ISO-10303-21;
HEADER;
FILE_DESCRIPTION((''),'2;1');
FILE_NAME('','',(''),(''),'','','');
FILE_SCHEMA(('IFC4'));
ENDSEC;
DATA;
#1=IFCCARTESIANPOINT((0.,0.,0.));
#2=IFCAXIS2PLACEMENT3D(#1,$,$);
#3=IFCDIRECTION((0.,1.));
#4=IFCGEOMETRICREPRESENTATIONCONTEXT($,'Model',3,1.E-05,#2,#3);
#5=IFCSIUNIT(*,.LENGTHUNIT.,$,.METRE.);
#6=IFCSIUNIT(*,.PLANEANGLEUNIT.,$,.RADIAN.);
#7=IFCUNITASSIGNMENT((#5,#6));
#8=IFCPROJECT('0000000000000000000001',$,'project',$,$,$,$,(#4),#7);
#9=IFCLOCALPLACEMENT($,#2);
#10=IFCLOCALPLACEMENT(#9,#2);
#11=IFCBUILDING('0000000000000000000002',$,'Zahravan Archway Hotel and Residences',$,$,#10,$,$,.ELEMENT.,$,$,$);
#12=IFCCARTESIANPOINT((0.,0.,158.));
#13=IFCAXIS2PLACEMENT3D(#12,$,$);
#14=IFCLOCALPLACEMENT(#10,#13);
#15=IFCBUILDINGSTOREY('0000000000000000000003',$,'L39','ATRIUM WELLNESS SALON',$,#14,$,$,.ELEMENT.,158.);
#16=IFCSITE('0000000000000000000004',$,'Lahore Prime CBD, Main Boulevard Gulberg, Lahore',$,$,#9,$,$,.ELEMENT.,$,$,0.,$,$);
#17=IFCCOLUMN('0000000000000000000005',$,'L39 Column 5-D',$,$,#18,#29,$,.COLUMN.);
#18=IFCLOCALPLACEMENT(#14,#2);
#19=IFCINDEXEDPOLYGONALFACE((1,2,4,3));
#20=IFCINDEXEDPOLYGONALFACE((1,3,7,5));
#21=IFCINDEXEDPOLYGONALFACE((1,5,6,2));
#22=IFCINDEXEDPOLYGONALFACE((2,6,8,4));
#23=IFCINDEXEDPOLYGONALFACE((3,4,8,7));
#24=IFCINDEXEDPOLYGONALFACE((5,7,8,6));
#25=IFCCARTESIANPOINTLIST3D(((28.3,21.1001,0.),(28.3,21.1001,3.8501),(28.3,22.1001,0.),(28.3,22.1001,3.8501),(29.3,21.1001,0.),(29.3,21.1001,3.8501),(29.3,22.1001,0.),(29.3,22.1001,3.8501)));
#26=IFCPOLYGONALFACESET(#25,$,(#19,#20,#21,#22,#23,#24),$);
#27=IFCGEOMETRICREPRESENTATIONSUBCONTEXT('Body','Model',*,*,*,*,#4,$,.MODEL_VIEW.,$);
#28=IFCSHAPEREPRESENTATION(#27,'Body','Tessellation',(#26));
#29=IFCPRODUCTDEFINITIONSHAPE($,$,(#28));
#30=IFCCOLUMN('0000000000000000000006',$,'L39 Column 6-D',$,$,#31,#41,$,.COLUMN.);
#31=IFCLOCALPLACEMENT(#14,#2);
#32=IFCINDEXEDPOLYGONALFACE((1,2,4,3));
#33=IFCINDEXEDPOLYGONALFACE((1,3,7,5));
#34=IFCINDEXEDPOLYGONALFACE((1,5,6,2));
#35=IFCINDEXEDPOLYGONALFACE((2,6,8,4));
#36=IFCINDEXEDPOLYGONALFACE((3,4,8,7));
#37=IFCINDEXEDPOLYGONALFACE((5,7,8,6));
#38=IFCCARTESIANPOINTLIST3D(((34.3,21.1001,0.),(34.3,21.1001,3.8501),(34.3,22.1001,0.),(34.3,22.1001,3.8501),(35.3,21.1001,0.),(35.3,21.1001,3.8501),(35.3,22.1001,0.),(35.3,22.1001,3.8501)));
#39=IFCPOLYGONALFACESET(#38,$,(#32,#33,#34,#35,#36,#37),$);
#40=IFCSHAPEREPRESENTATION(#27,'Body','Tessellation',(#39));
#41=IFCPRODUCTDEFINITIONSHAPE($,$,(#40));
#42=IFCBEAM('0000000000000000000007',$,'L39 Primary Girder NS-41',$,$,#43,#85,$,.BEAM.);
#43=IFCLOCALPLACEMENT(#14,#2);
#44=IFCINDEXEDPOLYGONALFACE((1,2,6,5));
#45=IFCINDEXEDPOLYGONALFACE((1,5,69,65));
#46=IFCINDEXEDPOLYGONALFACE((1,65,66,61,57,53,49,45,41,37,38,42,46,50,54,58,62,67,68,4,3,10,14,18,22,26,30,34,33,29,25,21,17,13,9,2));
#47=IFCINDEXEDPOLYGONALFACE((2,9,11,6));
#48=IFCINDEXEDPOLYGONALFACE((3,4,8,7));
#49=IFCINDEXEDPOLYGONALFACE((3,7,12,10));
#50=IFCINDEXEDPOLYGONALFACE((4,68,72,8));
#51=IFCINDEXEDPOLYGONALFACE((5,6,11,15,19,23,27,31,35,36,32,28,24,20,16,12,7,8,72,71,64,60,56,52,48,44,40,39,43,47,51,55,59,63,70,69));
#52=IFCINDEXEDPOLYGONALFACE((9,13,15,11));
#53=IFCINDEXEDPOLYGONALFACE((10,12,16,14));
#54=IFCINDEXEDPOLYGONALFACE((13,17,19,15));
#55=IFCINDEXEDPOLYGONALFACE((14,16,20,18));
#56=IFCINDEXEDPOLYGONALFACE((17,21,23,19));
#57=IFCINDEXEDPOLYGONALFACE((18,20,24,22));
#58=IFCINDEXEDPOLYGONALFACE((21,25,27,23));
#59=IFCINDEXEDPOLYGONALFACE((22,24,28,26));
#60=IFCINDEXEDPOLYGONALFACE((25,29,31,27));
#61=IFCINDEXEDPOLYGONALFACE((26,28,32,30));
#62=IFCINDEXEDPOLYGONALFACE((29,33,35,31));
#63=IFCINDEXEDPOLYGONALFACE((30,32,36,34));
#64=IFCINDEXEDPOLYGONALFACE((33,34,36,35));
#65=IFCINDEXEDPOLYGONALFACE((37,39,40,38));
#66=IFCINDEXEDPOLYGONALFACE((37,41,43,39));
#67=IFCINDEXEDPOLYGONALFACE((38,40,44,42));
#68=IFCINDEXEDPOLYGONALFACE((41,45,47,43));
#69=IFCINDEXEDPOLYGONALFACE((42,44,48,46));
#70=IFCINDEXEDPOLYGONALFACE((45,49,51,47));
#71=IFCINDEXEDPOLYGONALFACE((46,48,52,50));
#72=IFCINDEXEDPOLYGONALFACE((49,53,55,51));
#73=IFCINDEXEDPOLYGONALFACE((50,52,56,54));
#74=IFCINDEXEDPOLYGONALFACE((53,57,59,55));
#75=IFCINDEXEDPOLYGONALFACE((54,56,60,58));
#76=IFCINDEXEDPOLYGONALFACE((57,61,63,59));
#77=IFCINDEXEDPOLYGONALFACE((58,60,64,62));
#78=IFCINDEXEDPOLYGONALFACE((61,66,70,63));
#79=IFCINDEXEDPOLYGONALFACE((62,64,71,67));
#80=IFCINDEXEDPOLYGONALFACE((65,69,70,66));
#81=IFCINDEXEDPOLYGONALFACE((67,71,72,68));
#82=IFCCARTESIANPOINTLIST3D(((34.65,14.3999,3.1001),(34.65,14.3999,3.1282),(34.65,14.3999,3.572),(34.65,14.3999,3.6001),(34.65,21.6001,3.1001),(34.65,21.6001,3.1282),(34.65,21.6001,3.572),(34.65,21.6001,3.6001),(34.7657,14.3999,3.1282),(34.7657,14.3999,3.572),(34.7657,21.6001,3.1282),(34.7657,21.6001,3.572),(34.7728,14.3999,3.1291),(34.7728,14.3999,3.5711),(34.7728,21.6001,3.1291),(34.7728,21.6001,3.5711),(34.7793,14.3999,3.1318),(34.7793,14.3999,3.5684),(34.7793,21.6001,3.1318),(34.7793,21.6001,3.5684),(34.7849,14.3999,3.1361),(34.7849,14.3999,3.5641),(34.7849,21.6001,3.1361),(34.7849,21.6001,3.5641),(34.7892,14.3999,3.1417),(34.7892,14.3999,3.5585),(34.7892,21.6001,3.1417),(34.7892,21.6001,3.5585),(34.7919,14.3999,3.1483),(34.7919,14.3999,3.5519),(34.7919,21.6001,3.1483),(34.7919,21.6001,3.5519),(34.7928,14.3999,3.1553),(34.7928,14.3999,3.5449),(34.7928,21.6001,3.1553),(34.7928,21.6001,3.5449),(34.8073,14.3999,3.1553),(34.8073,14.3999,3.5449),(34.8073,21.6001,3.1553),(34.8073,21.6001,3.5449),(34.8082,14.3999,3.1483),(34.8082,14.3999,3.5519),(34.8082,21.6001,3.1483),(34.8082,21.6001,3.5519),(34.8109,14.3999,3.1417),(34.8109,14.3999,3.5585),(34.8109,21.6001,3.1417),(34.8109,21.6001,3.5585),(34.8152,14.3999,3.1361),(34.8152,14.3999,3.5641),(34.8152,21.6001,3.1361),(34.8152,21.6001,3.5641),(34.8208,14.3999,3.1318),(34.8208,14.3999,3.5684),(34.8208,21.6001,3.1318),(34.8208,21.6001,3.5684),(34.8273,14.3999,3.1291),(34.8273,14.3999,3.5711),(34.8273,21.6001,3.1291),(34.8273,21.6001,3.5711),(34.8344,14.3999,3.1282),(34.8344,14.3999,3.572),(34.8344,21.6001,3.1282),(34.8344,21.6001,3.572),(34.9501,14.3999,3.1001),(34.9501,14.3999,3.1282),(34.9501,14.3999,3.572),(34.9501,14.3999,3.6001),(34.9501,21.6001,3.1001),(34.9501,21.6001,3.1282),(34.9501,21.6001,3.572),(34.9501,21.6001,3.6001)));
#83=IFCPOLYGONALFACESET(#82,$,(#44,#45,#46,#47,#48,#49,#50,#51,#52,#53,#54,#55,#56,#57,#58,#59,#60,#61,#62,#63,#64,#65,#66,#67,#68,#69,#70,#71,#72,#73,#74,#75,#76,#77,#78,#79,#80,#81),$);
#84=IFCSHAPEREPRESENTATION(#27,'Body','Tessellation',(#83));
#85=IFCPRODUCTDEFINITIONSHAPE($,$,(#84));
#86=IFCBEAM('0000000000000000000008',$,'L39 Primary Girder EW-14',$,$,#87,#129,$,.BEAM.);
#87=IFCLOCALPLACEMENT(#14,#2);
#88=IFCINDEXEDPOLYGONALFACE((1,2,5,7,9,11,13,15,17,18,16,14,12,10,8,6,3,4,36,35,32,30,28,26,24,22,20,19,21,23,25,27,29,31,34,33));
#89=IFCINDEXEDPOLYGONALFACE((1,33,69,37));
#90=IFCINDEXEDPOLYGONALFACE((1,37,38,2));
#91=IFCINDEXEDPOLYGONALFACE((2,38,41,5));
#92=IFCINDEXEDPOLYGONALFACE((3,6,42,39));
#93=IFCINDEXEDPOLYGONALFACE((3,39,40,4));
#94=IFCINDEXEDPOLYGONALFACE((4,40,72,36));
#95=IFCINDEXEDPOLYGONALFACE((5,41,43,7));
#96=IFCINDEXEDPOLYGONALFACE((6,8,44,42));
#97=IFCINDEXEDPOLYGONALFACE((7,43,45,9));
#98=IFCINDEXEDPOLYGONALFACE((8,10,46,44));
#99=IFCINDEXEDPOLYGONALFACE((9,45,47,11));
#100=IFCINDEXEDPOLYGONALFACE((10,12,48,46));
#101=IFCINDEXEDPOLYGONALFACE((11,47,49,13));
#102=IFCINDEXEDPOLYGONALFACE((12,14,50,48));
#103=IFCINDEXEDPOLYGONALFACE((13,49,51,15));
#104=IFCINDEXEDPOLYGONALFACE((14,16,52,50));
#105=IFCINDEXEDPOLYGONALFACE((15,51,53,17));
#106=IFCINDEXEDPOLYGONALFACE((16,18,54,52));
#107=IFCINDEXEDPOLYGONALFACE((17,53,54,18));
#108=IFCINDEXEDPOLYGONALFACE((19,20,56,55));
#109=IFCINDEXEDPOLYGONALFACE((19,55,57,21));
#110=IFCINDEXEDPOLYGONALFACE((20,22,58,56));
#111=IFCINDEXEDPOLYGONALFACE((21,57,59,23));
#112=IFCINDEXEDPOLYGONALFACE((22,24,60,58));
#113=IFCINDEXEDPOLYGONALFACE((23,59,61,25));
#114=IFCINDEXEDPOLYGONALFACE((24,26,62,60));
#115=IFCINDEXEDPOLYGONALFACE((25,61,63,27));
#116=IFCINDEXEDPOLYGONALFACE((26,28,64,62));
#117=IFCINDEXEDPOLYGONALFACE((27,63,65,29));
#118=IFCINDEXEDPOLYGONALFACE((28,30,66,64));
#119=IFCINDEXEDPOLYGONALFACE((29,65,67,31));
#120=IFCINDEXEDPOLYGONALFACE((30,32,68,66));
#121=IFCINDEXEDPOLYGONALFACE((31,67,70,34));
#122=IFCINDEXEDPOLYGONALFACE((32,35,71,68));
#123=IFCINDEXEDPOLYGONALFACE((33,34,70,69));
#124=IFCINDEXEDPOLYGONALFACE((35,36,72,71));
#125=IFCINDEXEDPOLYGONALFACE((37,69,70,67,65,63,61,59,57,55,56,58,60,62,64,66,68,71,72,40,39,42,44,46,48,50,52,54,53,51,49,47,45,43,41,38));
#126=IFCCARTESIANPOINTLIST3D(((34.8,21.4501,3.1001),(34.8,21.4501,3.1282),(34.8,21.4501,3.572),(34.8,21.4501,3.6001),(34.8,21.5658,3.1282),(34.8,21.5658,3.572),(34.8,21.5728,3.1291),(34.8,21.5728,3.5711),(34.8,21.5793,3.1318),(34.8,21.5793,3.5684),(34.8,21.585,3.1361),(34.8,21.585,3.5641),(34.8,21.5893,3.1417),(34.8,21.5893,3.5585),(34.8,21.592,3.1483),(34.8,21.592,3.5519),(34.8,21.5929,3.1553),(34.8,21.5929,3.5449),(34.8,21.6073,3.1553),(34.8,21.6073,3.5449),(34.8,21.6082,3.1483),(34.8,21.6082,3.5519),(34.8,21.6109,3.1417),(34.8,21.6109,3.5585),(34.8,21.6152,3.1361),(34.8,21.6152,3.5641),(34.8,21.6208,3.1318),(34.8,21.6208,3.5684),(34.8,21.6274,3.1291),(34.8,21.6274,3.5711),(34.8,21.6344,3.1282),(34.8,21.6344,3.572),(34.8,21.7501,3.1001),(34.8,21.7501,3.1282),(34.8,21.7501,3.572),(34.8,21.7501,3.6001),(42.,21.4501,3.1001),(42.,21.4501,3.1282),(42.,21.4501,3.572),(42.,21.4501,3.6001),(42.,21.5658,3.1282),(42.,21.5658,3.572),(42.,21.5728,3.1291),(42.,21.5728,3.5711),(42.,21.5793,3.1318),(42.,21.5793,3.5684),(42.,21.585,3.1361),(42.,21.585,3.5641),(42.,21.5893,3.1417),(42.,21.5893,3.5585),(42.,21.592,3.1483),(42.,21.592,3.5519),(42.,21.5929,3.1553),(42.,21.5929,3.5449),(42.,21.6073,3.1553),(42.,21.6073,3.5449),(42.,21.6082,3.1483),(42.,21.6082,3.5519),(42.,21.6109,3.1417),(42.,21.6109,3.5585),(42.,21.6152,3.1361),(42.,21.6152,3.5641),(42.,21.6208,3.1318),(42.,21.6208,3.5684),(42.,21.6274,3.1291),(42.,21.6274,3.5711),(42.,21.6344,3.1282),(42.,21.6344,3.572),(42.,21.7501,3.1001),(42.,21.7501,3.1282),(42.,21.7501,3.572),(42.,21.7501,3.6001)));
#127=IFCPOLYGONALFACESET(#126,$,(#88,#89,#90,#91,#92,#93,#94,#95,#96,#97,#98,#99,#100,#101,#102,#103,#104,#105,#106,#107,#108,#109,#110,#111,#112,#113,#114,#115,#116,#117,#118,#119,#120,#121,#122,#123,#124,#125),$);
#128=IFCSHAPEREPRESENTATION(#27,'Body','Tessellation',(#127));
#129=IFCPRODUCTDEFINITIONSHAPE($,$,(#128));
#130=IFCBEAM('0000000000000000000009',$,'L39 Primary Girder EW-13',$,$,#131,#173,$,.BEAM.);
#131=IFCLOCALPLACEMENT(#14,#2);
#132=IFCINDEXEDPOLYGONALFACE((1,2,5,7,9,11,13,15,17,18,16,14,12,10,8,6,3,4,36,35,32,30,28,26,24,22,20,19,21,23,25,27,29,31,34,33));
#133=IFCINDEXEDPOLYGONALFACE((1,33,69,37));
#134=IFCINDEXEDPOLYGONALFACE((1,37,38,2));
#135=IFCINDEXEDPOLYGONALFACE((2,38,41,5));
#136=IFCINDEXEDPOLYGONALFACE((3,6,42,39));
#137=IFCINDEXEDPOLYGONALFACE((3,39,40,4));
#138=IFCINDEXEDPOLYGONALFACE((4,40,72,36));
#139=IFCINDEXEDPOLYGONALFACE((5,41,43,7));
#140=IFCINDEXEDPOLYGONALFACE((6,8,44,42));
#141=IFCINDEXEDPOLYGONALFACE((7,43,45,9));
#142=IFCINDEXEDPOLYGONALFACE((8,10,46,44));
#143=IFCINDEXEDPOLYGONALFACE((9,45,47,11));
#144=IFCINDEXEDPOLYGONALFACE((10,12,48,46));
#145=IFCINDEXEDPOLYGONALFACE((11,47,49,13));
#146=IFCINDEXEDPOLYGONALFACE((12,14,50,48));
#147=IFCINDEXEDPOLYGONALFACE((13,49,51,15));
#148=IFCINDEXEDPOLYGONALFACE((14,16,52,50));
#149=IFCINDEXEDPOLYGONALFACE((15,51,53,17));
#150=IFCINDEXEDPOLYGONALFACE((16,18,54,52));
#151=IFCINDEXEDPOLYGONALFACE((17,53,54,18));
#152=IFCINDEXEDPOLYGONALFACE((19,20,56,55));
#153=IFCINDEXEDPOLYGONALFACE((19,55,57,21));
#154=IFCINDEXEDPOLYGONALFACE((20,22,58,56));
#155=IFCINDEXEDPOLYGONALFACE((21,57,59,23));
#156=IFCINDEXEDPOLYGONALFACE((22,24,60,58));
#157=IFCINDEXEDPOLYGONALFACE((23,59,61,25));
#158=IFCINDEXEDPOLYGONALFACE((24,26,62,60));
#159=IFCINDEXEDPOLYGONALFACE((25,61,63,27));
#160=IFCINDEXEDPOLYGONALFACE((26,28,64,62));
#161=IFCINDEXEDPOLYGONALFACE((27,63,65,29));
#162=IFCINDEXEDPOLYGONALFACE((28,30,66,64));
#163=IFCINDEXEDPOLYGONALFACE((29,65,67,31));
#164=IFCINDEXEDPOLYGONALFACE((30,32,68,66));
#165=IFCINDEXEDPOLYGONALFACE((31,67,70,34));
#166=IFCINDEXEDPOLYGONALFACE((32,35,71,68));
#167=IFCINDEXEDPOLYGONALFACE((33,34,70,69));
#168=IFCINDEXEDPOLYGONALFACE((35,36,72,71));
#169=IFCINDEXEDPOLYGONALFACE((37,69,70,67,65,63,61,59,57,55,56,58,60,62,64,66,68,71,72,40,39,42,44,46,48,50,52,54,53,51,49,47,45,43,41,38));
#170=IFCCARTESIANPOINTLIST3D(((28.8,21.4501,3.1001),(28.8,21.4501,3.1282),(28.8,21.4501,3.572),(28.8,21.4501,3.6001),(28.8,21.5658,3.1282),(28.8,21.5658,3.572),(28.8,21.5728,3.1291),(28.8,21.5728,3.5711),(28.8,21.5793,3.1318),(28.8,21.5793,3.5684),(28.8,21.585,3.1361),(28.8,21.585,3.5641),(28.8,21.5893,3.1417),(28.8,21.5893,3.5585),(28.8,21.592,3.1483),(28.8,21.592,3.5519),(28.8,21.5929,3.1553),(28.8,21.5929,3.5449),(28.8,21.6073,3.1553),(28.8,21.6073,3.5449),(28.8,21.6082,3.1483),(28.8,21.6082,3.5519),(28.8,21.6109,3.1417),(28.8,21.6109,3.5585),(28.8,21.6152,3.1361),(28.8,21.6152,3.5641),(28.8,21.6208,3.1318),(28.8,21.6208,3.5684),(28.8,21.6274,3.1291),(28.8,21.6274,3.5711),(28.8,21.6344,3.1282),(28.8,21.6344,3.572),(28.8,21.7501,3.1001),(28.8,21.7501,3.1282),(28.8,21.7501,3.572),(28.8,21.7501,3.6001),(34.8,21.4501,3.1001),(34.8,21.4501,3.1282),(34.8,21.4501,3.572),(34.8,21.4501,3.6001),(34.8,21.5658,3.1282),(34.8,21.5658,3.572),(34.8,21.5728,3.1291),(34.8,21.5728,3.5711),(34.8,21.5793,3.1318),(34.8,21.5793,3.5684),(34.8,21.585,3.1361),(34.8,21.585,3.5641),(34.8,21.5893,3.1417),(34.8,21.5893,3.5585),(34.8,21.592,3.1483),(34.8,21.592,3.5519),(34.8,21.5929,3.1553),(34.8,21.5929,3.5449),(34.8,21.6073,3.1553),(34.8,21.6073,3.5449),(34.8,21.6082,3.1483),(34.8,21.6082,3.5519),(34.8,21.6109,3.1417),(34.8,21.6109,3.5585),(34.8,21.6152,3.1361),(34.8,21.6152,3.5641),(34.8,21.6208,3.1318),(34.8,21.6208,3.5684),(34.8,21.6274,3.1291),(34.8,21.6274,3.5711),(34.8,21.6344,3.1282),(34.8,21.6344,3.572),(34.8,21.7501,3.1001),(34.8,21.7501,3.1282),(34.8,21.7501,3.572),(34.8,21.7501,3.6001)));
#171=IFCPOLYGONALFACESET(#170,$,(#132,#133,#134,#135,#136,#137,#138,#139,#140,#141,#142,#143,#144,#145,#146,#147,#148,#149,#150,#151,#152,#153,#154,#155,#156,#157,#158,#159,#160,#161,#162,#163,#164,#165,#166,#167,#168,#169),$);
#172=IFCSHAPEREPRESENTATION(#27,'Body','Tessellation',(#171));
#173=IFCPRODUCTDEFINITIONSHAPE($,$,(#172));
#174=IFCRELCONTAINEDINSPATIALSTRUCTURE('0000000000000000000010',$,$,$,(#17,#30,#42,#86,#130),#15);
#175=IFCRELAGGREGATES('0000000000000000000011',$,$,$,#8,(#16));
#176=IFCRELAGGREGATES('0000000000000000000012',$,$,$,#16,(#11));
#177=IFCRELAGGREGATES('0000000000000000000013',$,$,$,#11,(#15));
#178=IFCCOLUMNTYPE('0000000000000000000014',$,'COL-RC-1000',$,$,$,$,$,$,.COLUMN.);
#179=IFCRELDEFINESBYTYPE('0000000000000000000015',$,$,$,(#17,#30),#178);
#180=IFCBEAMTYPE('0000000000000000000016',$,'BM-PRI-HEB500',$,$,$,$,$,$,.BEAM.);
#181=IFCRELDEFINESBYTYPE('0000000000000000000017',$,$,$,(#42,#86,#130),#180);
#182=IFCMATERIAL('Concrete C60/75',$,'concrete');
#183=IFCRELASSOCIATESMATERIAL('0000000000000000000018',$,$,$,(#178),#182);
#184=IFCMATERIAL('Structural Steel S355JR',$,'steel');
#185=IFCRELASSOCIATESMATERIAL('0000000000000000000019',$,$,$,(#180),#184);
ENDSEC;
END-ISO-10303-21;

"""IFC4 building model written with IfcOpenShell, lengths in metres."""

from ifc_helpers import new_model, si_unit, direction, frame, origin, origin_2d, place, context, subcontext, project, spatial, rectangle, i_section, extrude, source, transform, mapped, material, material_profile, profile_set, type_object, type_shapes, element, save


model = new_model("IFC4")

# Units and contexts
model_context = context("Model", 3, precision=1e-05, world=origin(), true_north=direction((0.0, 1.0)))
body_context = subcontext(model_context, "Body", "Model", "MODEL_VIEW")
ifc_project = project(units=[si_unit("LENGTHUNIT", "METRE"), si_unit("PLANEANGLEUNIT", "RADIAN")], contexts=[model_context])

# Site, building, storey
site_placement = place(None, origin())
site = spatial("IfcSite", under=ifc_project, at=site_placement, Name="Lahore Prime CBD, Main Boulevard Gulberg, Lahore", CompositionType="ELEMENT", RefElevation=0.0)
building_placement = place(site_placement, origin())
building = spatial("IfcBuilding", under=site, at=building_placement, Name="Zahravan Archway Hotel and Residences", CompositionType="ELEMENT")
storey_placement = place(building_placement, frame((0.0, 0.0, 158.0)))
storey = spatial("IfcBuildingStorey", under=building, at=storey_placement, Name="L39", Description="ATRIUM WELLNESS SALON", CompositionType="ELEMENT", Elevation=158.0)

# Columns
ifc_material_1 = material(Name="Concrete C60/75", Category="concrete")
ifc_material_profile_1 = material_profile(ifc_material_1, rectangle(XDim=1.0, YDim=1.0, at=origin_2d()), Name="RC-COL-1000x1000", Category="concrete")
ifc_profile_set_1 = profile_set([ifc_material_profile_1], Name="Concrete C60/75")
column_type = type_object("IfcColumnType", Name="COL-RC-1000", PredefinedType="COLUMN", material=ifc_profile_set_1)
shared_shape_1 = source(origin(), body_context, "Body", "SweptSolid", [
    extrude(rectangle(XDim=1.0, YDim=1.0, at=origin_2d()), origin(), (0.0, 0.0, 1.0), 3.8501),
])
for number, where, z_axis, x_axis, name in (
    (1, (28.8, 21.6001, 0.0), (0.0, 0.0, 1.0), (1.0, 0.0, 0.0), "L39 Column 5-D"),
    (2, (34.8, 21.6001, 0.0), (0.0, 0.0, 1.0), (1.0, 0.0, 0.0), "L39 Column 6-D"),
):
    element("IfcColumn", number, at=place(storey_placement, frame(where, z_axis=z_axis, x_axis=x_axis)), inside=storey, type_object=column_type, Name=name, PredefinedType="COLUMN", context=body_context, shape_type="MappedRepresentation", body=[
        mapped(shared_shape_1, transform((0.0, 0.0, 0.0), scale=1.0)),
    ])

# Beams
ifc_material_2 = material(Name="Structural Steel S355JR", Category="steel")
ifc_material_profile_2 = material_profile(ifc_material_2, i_section(OverallWidth=0.3, OverallDepth=0.5, WebThickness=0.0144, FlangeThickness=0.0281, FilletRadius=0.0271, at=origin_2d()), Name="HEB 500", Category="steel")
ifc_profile_set_2 = profile_set([ifc_material_profile_2], Name="Structural Steel S355JR")
beam_type_1 = type_object("IfcBeamType", Name="BM-PRI-HEB500", PredefinedType="BEAM", material=ifc_profile_set_2)
shared_shape_2 = source(origin(), body_context, "Body", "SweptSolid", [
    extrude(i_section(OverallWidth=0.3, OverallDepth=0.5, WebThickness=0.0144, FlangeThickness=0.0281, FilletRadius=0.0271, at=origin_2d()), origin(), (0.0, 0.0, 1.0), 7.2002),
])
type_shapes(beam_type_1, [shared_shape_2])
beam_1_placement = place(storey_placement, frame((34.8, 14.3999, 3.3501), z_axis=(0.0, 1.0, 0.0), x_axis=(-1.0, 0.0, 0.0)))
element("IfcBeam", 3, at=beam_1_placement, inside=storey, type_object=beam_type_1, Name="L39 Primary Girder NS-41", PredefinedType="BEAM", context=body_context, shape_type="MappedRepresentation", body=[
    mapped(shared_shape_2, transform((0.0, 0.0, 0.0), scale=1.0)),
])
shared_shape_3 = source(origin(), body_context, "Body", "SweptSolid", [
    extrude(i_section(OverallWidth=0.3, OverallDepth=0.5, WebThickness=0.0144, FlangeThickness=0.0281, FilletRadius=0.0271, at=origin_2d()), origin(), (0.0, 0.0, 1.0), 7.2),
])
beam_2_placement = place(storey_placement, frame((34.8, 21.6001, 3.3501), z_axis=(1.0, 0.0, 0.0), x_axis=(0.0, 1.0, 0.0)))
element("IfcBeam", 4, at=beam_2_placement, inside=storey, type_object=beam_type_1, Name="L39 Primary Girder EW-14", PredefinedType="BEAM", context=body_context, shape_type="MappedRepresentation", body=[
    mapped(shared_shape_3, transform((0.0, 0.0, 0.0), scale=1.0)),
])
shared_shape_4 = source(origin(), body_context, "Body", "SweptSolid", [
    extrude(i_section(OverallWidth=0.3, OverallDepth=0.5, WebThickness=0.0144, FlangeThickness=0.0281, FilletRadius=0.0271, at=origin_2d()), origin(), (0.0, 0.0, 1.0), 6.0),
])
beam_3_placement = place(storey_placement, frame((28.8, 21.6001, 3.3501), z_axis=(1.0, 0.0, 0.0), x_axis=(0.0, 1.0, 0.0)))
element("IfcBeam", 5, at=beam_3_placement, inside=storey, type_object=beam_type_1, Name="L39 Primary Girder EW-13", PredefinedType="BEAM", context=body_context, shape_type="MappedRepresentation", body=[
    mapped(shared_shape_4, transform((0.0, 0.0, 0.0), scale=1.0)),
])

save(model, "model.ifc")
